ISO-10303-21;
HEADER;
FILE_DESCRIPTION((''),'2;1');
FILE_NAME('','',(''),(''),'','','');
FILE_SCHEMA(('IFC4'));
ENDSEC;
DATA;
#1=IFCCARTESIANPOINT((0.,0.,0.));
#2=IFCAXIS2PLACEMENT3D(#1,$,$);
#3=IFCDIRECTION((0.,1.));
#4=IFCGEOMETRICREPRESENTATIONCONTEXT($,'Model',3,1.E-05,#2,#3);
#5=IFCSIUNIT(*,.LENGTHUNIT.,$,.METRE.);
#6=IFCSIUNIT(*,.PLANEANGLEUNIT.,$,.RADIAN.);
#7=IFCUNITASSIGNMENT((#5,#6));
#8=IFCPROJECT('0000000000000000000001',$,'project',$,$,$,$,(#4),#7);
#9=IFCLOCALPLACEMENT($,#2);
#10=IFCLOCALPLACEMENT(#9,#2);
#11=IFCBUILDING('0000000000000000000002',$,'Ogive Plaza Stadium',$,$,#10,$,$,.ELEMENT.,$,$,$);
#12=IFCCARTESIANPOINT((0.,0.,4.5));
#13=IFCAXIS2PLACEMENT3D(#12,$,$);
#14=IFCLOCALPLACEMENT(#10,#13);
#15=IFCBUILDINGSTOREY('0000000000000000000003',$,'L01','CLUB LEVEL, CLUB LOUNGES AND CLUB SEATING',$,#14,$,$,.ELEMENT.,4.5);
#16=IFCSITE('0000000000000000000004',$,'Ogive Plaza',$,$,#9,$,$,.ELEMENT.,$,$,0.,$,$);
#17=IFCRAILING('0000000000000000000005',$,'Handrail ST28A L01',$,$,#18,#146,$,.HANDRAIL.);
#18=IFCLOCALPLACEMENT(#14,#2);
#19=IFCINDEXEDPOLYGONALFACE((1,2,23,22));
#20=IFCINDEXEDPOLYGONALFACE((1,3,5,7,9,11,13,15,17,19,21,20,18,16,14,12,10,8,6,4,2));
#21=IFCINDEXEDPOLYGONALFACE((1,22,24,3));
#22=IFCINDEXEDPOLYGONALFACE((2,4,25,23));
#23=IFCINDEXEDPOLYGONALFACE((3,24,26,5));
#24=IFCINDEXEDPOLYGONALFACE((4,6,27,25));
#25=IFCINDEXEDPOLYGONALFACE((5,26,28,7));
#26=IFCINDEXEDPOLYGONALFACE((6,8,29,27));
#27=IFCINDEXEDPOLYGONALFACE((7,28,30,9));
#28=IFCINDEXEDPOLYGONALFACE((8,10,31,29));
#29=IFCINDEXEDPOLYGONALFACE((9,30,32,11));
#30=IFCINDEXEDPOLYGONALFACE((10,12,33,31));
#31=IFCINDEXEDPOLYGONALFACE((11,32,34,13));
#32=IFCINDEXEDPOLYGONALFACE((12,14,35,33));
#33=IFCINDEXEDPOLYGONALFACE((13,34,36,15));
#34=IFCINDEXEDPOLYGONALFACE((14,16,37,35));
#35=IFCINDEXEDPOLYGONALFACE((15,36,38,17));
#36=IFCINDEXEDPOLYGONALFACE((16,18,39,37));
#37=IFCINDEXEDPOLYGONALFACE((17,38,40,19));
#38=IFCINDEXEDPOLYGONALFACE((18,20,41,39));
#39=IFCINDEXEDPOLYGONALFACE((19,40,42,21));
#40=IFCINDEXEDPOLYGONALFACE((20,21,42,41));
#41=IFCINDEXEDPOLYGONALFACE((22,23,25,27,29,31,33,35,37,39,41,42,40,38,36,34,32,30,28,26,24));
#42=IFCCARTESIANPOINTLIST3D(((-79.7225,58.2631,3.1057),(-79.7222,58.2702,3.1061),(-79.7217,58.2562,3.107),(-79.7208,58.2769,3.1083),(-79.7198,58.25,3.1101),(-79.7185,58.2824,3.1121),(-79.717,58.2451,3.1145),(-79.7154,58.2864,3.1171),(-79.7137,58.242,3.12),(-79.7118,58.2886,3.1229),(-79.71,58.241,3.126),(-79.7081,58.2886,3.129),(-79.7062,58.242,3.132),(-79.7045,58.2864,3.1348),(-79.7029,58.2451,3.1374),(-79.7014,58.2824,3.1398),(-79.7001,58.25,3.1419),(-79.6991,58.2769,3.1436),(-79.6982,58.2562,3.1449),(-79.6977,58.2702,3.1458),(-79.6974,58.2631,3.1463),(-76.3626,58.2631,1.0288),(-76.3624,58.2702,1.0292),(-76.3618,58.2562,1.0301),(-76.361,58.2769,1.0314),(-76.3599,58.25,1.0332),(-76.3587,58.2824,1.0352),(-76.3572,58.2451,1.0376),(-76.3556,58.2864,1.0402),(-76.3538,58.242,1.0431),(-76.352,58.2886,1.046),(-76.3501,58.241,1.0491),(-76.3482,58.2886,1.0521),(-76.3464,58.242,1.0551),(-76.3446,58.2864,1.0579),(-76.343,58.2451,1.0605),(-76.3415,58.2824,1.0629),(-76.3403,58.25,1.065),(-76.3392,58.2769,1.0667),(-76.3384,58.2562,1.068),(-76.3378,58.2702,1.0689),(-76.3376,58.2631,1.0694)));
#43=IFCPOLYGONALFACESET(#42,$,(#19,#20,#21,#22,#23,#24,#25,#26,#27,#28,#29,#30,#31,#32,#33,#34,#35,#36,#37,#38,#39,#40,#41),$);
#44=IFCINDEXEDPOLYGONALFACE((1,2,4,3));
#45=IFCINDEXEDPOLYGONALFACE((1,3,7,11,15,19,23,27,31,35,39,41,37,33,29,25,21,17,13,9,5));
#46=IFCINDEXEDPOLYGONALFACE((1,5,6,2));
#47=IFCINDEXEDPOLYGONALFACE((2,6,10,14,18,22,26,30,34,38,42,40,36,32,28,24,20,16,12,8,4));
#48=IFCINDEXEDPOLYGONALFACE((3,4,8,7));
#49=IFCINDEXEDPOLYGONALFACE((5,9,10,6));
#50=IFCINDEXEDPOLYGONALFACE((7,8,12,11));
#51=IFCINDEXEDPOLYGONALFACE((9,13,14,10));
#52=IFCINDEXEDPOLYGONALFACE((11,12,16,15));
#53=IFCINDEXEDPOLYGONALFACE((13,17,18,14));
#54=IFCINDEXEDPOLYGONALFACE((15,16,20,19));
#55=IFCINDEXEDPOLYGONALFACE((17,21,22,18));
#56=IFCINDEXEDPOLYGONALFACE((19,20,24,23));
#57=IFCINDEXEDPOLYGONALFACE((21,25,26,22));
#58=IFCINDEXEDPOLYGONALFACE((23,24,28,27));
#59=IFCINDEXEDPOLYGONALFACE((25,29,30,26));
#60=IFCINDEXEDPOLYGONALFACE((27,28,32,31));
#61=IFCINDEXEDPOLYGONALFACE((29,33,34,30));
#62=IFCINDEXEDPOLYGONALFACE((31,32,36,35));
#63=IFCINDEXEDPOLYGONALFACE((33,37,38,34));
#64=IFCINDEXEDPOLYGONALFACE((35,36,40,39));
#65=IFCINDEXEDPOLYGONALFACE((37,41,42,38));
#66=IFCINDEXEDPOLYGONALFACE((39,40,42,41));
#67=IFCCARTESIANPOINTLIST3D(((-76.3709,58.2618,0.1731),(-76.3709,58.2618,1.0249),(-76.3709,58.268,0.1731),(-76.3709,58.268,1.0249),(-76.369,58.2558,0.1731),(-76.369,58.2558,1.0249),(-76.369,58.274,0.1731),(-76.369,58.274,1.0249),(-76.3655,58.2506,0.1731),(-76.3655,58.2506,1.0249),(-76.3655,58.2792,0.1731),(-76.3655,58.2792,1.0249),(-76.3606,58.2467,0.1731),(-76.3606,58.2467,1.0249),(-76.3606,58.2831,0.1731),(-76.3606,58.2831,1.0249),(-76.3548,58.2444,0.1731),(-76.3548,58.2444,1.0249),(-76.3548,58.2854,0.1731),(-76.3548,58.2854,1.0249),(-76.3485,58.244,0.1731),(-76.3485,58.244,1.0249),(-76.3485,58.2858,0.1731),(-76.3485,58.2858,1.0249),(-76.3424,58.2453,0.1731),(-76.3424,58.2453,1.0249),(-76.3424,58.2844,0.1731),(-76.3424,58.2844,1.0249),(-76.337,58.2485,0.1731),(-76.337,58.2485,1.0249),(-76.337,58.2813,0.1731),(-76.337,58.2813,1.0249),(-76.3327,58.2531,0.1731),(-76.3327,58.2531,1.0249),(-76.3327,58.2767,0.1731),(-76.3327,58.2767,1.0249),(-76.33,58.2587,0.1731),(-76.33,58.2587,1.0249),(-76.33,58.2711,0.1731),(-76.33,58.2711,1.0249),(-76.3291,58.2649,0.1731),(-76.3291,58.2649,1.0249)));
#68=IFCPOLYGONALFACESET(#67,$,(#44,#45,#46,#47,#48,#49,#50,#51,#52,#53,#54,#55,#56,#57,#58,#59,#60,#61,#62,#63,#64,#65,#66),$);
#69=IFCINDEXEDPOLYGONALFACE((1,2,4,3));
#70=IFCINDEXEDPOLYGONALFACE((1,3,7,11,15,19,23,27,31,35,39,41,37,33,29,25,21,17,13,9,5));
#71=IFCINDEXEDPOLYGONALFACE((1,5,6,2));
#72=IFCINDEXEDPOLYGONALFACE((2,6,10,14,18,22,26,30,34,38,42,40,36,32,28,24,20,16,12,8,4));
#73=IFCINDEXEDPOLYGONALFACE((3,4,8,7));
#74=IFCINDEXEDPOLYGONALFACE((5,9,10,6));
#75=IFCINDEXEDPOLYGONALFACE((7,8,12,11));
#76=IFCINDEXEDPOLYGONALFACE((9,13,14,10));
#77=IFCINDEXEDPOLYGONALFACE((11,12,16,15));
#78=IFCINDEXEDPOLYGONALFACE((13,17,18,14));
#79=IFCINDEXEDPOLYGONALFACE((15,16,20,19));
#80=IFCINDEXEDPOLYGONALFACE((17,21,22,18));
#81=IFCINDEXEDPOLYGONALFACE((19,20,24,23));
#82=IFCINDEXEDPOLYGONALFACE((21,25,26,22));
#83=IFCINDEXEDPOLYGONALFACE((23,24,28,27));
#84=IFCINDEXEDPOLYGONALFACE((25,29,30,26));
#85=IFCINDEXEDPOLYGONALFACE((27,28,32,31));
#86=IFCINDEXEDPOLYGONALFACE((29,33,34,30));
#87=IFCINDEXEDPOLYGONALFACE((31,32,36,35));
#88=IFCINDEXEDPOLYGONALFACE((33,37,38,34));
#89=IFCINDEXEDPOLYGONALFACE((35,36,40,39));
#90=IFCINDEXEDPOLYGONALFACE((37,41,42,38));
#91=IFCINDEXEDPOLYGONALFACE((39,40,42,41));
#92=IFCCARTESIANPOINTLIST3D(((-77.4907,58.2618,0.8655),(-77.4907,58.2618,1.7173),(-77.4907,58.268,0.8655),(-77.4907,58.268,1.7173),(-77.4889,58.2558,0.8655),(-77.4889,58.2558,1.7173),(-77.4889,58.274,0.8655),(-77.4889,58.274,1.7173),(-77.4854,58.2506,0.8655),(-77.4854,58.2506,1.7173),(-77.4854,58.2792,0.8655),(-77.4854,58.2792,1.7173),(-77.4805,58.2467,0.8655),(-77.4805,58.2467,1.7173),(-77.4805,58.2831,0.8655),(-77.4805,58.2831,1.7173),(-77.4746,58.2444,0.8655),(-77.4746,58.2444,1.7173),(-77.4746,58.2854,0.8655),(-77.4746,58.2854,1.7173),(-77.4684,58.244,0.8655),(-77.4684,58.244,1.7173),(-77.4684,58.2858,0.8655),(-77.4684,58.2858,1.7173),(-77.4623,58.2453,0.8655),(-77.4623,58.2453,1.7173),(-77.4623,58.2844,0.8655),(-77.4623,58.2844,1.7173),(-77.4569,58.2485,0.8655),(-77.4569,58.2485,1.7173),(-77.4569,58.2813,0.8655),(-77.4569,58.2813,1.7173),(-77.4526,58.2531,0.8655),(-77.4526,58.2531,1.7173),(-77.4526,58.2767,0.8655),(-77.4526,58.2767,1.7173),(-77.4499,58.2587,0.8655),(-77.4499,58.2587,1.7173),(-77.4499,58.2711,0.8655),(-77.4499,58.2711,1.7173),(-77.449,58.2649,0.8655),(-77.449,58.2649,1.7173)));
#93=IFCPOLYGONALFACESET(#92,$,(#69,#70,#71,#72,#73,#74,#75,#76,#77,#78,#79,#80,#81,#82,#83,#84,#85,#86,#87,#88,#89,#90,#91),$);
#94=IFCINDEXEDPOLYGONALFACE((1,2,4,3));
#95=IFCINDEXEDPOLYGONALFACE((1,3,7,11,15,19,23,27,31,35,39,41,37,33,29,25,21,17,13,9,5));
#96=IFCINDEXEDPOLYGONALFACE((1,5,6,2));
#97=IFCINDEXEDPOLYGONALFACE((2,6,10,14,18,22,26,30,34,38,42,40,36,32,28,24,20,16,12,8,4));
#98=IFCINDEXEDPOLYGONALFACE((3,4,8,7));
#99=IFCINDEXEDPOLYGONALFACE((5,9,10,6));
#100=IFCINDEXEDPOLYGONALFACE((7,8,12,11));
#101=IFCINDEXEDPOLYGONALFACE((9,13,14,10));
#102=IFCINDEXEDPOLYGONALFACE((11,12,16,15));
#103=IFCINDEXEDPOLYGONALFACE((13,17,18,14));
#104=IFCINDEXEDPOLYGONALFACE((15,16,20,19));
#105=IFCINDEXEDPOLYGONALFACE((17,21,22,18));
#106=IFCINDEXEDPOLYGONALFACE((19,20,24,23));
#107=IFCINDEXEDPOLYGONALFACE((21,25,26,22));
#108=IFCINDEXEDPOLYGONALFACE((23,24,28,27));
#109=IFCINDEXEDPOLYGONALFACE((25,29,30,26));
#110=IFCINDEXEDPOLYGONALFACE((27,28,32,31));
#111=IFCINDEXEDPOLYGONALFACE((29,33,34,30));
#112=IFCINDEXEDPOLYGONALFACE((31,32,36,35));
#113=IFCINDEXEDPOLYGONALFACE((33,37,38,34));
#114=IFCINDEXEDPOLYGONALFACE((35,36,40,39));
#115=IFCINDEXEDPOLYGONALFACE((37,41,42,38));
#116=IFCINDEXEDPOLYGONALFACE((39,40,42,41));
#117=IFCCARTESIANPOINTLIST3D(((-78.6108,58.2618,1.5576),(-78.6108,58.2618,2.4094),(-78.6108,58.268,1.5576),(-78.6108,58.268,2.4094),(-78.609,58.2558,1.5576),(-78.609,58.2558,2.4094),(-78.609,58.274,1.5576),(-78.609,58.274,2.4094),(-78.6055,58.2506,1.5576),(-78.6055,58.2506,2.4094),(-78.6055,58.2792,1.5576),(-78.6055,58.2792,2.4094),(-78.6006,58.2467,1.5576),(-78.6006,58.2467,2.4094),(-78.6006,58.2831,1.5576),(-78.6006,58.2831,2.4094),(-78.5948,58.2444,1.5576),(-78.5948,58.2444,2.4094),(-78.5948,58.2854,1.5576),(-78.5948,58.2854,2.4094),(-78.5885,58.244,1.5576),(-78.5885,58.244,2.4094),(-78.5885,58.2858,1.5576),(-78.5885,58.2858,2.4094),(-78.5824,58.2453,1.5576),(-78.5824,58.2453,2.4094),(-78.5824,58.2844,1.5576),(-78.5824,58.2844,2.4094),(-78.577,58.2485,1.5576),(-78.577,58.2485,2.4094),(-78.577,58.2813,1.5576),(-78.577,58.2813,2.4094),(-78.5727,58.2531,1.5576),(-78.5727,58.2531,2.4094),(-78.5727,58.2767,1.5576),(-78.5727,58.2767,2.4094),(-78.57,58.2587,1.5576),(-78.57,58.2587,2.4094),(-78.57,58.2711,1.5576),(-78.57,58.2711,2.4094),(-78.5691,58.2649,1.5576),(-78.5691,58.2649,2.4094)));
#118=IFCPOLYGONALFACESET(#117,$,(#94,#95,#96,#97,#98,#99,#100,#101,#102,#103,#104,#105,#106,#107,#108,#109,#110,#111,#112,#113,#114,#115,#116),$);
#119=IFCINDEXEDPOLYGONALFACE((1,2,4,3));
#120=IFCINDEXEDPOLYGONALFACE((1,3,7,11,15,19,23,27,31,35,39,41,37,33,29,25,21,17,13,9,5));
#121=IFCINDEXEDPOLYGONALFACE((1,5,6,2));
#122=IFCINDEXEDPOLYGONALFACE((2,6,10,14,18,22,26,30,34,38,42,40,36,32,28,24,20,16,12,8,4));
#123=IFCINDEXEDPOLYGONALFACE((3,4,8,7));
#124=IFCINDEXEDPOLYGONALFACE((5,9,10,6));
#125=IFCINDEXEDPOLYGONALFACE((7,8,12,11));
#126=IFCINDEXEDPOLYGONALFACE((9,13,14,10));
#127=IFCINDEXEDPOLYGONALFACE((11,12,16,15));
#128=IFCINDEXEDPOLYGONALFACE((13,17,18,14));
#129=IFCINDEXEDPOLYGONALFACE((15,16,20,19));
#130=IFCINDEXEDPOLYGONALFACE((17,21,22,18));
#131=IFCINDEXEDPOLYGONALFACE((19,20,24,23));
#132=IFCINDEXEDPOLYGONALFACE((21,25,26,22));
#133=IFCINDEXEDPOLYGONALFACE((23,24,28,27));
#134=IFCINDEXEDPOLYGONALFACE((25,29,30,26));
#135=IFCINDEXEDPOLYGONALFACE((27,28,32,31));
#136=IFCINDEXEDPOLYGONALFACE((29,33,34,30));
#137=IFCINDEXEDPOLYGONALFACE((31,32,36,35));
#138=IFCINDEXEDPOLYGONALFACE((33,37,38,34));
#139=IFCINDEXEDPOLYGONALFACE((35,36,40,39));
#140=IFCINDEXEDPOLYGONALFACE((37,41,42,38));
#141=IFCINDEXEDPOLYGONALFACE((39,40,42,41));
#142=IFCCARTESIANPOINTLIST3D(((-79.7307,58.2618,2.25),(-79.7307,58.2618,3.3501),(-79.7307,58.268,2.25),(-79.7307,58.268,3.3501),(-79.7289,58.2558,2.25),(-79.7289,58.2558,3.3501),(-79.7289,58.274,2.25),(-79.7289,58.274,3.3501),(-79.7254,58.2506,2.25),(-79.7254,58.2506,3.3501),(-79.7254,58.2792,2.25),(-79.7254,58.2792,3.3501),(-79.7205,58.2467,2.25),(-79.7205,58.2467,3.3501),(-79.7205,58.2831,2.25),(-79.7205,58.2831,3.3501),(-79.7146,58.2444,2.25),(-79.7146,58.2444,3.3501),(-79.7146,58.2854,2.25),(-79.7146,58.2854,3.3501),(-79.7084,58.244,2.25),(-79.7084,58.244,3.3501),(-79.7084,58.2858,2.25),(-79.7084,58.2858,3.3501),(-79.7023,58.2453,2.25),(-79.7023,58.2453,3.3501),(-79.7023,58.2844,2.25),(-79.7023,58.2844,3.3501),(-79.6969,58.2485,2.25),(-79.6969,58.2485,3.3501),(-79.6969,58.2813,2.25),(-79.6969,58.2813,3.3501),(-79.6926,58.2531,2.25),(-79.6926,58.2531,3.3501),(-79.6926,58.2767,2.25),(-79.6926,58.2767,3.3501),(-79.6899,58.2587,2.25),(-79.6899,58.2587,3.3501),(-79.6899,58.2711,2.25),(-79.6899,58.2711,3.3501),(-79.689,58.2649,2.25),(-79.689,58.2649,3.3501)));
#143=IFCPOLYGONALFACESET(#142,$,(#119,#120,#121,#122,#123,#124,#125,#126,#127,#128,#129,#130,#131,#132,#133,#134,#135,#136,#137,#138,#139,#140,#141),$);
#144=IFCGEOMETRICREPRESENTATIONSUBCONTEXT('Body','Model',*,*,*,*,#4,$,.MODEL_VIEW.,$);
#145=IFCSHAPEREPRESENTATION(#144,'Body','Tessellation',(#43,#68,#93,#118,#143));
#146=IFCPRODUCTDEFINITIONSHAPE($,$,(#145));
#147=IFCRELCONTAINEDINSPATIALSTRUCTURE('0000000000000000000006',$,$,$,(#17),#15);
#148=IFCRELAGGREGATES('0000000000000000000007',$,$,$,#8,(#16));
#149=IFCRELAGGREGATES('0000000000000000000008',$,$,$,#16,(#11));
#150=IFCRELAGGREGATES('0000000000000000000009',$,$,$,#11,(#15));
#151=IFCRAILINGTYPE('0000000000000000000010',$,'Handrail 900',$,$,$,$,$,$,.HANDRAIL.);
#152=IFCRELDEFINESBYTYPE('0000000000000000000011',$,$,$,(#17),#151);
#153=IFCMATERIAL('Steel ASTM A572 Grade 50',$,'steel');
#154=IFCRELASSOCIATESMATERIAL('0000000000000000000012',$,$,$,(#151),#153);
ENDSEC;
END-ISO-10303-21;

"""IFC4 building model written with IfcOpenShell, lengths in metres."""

from ifc_helpers import new_model, si_unit, direction, frame, origin, origin_2d, place, context, subcontext, project, spatial, circle, extrude, material, type_object, element, save


model = new_model("IFC4")

# Units and contexts
model_context = context("Model", 3, precision=1e-05, world=origin(), true_north=direction((0.0, 1.0)))
body_context = subcontext(model_context, "Body", "Model", "MODEL_VIEW")
ifc_project = project(units=[si_unit("LENGTHUNIT", "METRE"), si_unit("PLANEANGLEUNIT", "RADIAN")], contexts=[model_context])

# Site, building, storey
site_placement = place(None, origin())
site = spatial("IfcSite", under=ifc_project, at=site_placement, Name="Ogive Plaza", CompositionType="ELEMENT", RefElevation=0.0)
building_placement = place(site_placement, origin())
building = spatial("IfcBuilding", under=site, at=building_placement, Name="Ogive Plaza Stadium", CompositionType="ELEMENT")
storey_placement = place(building_placement, frame((0.0, 0.0, 4.5)))
storey = spatial("IfcBuildingStorey", under=building, at=storey_placement, Name="L01", Description="CLUB LEVEL, CLUB LOUNGES AND CLUB SEATING", CompositionType="ELEMENT", Elevation=4.5)

# Railing
ifc_material_1 = material(Name="Steel ASTM A572 Grade 50", Category="steel")
railing_type_1 = type_object("IfcRailingType", Name="Handrail 900", PredefinedType="HANDRAIL", material=ifc_material_1)
for number, where, name in (
    (1, (-76.3501, 58.2649, 0.1731), "Handrail ST28A L01"),
):
    element("IfcRailing", number, at=place(storey_placement, frame(where)), inside=storey, type_object=railing_type_1, Name=name, PredefinedType="HANDRAIL", context=body_context, shape_type="SweptSolid", body=[
        extrude(circle(Radius=0.0239, at=origin_2d()), frame((0.0, 0.0, 0.876), z_axis=(-0.850606, 0.0, 0.525803), x_axis=(0.0, -1.0, 0.0)), (0.0, 0.0, 1.0), 3.95),
        extrude(circle(Radius=0.021, at=origin_2d()), origin(), (0.0, 0.0, 1.0), 0.8518),
        extrude(circle(Radius=0.021, at=origin_2d()), frame((-1.1199, 0.0, 0.6924)), (0.0, 0.0, 1.0), 0.8518),
        extrude(circle(Radius=0.021, at=origin_2d()), frame((-2.24, 0.0, 1.3845)), (0.0, 0.0, 1.0), 0.8518),
        extrude(circle(Radius=0.021, at=origin_2d()), frame((-3.3599, 0.0, 2.0769)), (0.0, 0.0, 1.0), 1.1001),
    ])

save(model, "model.ifc")
